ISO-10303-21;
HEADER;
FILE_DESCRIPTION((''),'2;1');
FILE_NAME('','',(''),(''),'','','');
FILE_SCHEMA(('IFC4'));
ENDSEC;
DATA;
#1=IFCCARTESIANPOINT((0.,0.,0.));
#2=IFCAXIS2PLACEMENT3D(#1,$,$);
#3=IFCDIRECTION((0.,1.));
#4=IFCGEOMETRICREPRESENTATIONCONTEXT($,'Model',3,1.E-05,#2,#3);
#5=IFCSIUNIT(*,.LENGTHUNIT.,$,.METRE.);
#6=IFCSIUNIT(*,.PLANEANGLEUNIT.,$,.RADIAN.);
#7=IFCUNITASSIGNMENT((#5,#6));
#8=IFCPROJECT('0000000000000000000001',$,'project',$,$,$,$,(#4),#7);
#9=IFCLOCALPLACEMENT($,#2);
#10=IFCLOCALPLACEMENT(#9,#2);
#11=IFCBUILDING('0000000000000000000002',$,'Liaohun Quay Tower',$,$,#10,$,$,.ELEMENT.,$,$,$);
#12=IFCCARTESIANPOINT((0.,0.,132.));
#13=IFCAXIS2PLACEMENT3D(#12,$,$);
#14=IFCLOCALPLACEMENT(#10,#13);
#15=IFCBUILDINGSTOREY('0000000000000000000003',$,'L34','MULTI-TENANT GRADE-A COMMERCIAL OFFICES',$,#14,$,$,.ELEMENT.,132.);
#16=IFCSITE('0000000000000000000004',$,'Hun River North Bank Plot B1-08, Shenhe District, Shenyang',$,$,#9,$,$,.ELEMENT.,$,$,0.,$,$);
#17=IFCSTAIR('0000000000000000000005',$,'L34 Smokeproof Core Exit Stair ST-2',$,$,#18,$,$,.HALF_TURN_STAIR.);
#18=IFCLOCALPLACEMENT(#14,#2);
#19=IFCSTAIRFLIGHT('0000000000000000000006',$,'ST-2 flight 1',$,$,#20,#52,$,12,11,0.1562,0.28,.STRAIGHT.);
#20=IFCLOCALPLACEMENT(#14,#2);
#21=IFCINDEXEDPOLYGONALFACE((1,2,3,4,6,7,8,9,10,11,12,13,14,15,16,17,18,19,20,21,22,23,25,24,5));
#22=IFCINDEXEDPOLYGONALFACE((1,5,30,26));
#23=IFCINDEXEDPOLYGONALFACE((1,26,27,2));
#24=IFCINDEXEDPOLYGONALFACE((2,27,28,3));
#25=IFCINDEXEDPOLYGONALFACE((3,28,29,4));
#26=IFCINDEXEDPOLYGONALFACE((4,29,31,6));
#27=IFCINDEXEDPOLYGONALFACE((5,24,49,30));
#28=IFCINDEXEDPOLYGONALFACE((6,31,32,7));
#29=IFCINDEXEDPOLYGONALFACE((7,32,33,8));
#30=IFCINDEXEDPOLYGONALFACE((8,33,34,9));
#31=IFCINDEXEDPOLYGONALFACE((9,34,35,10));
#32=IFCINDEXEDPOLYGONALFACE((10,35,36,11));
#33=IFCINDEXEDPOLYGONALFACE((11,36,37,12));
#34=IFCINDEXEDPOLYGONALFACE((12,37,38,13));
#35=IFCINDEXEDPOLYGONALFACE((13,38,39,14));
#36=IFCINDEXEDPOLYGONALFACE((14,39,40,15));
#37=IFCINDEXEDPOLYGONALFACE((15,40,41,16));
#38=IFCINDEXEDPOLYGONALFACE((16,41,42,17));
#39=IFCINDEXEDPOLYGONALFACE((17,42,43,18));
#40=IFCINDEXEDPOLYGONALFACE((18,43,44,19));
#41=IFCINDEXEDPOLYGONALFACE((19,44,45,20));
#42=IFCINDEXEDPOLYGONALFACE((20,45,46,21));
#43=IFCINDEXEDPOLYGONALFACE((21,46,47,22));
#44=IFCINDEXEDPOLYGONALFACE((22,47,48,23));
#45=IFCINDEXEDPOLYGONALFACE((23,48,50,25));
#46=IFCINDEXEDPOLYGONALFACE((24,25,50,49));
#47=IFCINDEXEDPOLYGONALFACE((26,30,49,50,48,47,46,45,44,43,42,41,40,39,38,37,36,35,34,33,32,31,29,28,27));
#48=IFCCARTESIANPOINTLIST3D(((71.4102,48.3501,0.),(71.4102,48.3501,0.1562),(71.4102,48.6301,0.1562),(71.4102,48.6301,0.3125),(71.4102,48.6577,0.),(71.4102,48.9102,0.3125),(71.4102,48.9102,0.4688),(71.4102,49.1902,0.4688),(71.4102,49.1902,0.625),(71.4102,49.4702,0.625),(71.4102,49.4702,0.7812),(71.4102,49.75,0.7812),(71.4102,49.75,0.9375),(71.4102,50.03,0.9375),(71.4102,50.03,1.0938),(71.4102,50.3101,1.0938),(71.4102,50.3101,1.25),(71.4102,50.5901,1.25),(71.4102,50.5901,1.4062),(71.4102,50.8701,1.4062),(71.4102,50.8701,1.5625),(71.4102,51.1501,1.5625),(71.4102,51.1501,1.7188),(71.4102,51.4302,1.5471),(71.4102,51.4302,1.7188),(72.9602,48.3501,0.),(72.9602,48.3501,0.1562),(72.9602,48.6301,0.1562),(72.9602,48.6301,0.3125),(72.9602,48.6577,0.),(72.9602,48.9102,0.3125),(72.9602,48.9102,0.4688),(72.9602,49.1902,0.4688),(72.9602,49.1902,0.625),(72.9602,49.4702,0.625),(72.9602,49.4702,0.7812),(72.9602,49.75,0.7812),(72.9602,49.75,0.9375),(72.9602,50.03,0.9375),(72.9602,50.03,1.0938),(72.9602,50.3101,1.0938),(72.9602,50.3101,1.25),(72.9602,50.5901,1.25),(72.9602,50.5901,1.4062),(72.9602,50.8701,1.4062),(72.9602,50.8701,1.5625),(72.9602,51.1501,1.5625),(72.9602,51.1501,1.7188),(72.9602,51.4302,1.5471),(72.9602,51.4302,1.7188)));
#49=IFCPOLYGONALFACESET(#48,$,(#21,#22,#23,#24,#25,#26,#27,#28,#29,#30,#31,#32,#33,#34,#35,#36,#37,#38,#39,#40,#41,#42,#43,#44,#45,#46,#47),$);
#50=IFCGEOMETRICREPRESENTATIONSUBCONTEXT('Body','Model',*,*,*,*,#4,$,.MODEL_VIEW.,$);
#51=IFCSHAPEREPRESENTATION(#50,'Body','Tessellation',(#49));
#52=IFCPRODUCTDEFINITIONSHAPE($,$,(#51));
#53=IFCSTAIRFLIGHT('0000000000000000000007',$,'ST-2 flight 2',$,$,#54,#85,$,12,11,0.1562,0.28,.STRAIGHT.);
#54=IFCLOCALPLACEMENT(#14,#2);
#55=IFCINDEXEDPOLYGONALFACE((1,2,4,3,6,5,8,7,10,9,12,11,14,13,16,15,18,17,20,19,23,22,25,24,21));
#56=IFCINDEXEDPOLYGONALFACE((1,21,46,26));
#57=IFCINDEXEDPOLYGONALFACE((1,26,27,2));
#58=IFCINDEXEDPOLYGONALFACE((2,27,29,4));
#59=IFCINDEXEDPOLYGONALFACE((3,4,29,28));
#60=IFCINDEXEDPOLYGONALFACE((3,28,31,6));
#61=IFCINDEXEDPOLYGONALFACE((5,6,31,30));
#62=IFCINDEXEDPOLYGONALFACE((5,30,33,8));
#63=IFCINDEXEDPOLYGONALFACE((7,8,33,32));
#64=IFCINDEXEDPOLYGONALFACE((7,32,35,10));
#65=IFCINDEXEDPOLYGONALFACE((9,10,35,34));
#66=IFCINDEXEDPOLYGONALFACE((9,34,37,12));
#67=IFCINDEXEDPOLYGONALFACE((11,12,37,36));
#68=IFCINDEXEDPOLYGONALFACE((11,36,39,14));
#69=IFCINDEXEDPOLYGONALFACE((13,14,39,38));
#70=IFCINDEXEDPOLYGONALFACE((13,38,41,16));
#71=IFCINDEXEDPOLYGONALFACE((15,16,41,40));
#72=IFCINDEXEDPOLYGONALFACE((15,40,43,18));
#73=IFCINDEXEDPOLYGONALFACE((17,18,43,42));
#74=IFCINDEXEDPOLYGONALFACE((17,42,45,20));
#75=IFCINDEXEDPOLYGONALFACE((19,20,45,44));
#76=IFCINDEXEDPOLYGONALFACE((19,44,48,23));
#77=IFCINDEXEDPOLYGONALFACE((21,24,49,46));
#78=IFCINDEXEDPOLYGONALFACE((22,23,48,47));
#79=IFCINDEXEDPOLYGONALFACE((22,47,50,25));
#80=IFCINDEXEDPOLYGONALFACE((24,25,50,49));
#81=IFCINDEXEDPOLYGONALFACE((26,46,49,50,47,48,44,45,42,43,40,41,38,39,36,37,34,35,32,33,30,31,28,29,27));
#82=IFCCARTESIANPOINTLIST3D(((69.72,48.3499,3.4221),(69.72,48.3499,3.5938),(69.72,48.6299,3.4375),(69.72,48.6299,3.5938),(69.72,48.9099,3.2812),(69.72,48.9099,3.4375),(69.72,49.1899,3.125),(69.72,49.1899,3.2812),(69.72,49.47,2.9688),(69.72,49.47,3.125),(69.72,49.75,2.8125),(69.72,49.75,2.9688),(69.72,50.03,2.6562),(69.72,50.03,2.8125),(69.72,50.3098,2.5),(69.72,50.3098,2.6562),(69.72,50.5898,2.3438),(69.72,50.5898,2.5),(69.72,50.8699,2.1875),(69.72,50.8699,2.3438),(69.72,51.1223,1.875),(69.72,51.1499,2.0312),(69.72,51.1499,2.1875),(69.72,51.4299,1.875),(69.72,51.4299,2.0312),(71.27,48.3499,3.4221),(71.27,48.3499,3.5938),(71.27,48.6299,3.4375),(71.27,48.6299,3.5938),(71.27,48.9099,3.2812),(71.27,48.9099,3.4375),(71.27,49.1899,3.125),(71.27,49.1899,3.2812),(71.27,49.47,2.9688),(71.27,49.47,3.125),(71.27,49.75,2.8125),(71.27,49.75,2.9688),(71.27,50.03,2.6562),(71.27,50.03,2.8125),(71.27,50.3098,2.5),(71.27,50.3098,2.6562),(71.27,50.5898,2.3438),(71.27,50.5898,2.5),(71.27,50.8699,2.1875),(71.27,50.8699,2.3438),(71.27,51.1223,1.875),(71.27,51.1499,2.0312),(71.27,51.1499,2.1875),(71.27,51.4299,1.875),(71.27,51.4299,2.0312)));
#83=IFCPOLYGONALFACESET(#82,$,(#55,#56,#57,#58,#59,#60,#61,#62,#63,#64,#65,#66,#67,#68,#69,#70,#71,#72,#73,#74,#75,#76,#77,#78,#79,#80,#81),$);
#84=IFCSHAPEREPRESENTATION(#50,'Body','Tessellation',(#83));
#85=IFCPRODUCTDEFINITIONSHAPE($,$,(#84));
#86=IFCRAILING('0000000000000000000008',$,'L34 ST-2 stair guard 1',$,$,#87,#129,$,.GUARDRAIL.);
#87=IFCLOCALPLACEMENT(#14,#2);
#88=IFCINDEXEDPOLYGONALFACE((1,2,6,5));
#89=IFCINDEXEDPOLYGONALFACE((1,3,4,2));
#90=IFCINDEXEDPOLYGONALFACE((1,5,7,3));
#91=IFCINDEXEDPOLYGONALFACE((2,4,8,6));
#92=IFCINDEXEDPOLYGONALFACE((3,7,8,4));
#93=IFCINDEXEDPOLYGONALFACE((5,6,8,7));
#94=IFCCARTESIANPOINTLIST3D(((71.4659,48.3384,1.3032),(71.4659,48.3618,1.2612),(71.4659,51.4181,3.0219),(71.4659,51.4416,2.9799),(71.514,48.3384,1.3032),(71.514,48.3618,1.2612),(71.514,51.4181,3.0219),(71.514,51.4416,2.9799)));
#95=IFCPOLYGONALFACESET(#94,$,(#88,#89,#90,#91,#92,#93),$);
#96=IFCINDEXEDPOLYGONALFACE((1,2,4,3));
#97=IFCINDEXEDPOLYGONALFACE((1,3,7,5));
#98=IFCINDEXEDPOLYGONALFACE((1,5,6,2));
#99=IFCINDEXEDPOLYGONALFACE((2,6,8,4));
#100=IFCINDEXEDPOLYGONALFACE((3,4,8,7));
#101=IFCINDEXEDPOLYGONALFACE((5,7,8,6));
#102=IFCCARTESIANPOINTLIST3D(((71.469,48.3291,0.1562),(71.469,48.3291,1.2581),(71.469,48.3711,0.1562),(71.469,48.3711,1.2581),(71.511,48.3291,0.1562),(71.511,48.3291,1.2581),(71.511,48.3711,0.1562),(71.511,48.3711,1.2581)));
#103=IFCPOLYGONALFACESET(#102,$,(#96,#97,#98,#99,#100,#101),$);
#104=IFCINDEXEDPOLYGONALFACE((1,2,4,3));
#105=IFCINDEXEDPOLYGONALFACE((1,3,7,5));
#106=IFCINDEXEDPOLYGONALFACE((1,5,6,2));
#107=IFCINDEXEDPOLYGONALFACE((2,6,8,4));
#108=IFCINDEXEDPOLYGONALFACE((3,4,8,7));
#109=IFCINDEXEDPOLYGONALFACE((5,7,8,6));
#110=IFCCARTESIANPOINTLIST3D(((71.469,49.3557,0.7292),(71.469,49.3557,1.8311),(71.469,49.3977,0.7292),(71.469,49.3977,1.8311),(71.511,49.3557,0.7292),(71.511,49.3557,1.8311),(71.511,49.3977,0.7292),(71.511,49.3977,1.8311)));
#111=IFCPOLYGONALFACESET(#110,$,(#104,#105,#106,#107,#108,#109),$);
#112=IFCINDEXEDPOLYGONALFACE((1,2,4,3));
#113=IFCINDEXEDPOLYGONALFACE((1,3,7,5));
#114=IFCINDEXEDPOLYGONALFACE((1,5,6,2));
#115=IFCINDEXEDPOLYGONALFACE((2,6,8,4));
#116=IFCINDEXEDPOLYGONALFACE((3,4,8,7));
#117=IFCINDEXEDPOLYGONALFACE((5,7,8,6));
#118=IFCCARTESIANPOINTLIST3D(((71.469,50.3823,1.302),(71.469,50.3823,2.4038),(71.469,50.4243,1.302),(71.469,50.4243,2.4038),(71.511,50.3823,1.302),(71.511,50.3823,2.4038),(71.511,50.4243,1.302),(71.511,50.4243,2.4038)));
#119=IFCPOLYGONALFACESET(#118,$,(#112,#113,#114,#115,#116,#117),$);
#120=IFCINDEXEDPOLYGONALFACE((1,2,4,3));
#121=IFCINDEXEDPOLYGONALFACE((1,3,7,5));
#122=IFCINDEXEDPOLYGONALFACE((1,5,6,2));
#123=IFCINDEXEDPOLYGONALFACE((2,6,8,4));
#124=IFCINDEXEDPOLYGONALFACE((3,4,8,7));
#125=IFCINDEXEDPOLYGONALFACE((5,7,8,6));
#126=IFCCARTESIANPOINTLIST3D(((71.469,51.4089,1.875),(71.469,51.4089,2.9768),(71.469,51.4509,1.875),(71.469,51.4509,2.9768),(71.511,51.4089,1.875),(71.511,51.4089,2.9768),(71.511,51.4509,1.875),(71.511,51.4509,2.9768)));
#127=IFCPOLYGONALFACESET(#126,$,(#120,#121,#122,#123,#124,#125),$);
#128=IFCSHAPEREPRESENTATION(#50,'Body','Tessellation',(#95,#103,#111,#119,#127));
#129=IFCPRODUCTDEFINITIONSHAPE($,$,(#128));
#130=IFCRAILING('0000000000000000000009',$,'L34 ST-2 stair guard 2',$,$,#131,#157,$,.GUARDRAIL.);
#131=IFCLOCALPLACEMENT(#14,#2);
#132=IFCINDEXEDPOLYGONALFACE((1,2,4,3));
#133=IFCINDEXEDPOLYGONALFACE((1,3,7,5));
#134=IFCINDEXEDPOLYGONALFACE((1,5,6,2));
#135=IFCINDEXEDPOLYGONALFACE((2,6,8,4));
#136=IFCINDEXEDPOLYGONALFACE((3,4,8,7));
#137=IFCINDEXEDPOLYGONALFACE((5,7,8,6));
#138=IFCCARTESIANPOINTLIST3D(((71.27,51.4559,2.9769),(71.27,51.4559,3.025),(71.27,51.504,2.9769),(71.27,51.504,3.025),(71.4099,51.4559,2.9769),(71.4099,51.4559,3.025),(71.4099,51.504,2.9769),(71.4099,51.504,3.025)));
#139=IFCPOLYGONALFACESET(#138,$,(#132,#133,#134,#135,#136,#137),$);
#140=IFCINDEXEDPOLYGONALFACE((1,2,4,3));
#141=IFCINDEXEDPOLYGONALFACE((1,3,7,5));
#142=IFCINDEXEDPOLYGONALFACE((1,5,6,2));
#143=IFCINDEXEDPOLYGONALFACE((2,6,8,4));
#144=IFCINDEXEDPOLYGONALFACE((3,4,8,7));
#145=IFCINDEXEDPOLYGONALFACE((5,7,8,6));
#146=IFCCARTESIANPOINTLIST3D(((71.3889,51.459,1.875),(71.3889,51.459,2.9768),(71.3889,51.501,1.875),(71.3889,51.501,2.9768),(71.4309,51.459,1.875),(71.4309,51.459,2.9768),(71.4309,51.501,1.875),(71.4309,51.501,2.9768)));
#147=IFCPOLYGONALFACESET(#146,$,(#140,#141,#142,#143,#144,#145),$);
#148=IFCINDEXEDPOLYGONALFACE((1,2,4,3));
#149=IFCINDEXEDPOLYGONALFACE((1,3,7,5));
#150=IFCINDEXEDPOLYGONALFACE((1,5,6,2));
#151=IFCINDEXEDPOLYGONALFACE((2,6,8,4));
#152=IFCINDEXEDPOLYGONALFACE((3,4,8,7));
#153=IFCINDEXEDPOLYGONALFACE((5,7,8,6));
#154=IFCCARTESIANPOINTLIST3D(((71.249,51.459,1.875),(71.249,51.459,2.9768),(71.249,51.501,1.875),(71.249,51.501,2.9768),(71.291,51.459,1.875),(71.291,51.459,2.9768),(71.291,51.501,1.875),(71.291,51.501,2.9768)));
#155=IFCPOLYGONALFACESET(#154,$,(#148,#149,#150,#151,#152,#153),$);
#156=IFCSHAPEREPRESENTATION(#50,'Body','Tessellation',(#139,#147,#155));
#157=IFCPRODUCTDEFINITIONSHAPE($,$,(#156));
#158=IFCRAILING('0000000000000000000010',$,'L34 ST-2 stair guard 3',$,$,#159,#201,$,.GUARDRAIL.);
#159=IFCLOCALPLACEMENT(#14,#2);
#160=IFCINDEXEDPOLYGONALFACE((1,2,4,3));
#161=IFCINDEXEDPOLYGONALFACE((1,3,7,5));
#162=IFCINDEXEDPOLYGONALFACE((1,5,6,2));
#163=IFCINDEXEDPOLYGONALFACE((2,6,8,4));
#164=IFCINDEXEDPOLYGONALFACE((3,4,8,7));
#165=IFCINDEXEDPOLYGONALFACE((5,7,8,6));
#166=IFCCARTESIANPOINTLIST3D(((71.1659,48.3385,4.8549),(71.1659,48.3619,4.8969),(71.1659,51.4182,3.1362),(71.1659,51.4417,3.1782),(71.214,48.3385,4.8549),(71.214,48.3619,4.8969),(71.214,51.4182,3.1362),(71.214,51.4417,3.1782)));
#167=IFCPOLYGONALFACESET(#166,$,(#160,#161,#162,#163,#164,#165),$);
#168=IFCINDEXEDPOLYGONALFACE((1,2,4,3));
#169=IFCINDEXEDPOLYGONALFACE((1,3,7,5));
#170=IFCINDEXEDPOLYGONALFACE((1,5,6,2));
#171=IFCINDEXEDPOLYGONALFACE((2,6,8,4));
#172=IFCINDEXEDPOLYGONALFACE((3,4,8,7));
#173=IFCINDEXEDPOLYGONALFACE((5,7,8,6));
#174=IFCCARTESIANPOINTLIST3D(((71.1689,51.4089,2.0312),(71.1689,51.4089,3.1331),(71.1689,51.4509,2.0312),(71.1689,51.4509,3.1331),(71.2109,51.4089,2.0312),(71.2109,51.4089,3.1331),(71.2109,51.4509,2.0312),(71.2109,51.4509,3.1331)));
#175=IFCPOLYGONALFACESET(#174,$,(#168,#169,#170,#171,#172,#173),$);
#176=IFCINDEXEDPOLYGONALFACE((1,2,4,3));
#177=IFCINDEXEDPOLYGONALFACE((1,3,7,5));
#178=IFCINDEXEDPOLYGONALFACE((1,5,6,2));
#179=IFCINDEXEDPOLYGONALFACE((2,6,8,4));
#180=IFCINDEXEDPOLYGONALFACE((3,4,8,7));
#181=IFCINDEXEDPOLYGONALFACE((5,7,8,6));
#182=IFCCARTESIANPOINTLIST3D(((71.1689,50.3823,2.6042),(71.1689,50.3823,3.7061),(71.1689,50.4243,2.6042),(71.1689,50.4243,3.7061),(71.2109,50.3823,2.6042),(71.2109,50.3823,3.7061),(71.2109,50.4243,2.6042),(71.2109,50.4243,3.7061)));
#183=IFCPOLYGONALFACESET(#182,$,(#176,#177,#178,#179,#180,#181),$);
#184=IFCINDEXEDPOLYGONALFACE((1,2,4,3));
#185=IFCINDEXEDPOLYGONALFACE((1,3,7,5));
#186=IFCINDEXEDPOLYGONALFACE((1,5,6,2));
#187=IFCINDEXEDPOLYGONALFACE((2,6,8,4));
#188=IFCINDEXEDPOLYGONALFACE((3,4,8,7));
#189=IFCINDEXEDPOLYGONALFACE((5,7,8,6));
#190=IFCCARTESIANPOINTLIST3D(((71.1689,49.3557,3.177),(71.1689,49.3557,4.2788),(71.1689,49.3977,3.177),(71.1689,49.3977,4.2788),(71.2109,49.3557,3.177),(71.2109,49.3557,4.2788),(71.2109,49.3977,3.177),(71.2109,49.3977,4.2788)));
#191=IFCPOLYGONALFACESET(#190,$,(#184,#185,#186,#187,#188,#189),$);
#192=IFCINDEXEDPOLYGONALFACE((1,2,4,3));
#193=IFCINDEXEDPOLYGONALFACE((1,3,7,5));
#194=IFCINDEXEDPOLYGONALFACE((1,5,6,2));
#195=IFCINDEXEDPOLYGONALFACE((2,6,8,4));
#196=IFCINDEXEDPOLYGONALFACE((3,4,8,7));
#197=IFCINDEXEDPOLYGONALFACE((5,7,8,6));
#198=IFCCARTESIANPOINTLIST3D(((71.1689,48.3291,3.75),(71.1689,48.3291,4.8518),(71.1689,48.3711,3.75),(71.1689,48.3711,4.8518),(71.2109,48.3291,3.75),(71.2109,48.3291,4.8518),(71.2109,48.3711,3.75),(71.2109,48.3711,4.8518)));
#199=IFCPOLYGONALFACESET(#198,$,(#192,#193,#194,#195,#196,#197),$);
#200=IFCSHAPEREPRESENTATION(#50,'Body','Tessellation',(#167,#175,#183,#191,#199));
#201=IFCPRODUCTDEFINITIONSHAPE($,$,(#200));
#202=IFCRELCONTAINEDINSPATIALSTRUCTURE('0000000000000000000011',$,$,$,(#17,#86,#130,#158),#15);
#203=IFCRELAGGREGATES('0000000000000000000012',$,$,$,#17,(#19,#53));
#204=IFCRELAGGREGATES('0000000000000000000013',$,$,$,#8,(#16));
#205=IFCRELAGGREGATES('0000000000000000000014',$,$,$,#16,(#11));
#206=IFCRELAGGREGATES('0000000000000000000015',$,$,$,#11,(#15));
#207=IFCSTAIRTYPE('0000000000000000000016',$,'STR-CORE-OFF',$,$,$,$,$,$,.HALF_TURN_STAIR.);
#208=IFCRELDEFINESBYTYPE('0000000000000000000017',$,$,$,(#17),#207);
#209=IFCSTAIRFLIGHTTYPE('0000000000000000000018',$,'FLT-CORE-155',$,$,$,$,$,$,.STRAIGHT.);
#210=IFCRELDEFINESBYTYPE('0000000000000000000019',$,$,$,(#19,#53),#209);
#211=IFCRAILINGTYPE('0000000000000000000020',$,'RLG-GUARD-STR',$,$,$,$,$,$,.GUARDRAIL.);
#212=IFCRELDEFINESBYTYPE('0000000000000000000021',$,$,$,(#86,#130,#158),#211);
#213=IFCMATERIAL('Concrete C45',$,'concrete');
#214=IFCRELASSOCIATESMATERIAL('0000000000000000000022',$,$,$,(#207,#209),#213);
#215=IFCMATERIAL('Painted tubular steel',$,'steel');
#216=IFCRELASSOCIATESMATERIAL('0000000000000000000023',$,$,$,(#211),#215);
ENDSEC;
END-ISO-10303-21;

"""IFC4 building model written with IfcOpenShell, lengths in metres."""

from ifc_helpers import new_model, si_unit, direction, frame, origin, origin_2d, place, context, subcontext, project, spatial, polyline, rectangle, outline, extrude, material, type_object, element, aggregate, save


model = new_model("IFC4")

# Units and contexts
model_context = context("Model", 3, precision=1e-05, world=origin(), true_north=direction((0.0, 1.0)))
body_context = subcontext(model_context, "Body", "Model", "MODEL_VIEW")
ifc_project = project(units=[si_unit("LENGTHUNIT", "METRE"), si_unit("PLANEANGLEUNIT", "RADIAN")], contexts=[model_context])

# Site, building, storey
site_placement = place(None, origin())
site = spatial("IfcSite", under=ifc_project, at=site_placement, Name="Hun River North Bank Plot B1-08, Shenhe District, Shenyang", CompositionType="ELEMENT", RefElevation=0.0)
building_placement = place(site_placement, origin())
building = spatial("IfcBuilding", under=site, at=building_placement, Name="Liaohun Quay Tower", CompositionType="ELEMENT")
storey_placement = place(building_placement, frame((0.0, 0.0, 132.0)))
storey = spatial("IfcBuildingStorey", under=building, at=storey_placement, Name="L34", Description="MULTI-TENANT GRADE-A COMMERCIAL OFFICES", CompositionType="ELEMENT", Elevation=132.0)

# Stair, stair flights
ifc_material_1 = material(Name="Concrete C45", Category="concrete")
stair_type = type_object("IfcStairType", Name="STR-CORE-OFF", PredefinedType="HALF_TURN_STAIR", material=ifc_material_1)
stair_placement = place(storey_placement, origin())
stair = element("IfcStair", 1, at=stair_placement, inside=storey, type_object=stair_type, Name="L34 Smokeproof Core Exit Stair ST-2", PredefinedType="HALF_TURN_STAIR")
stair_flight_type = type_object("IfcStairFlightType", Name="FLT-CORE-155", PredefinedType="STRAIGHT", material=ifc_material_1)
stair_flight_1_placement = place(storey_placement, frame((72.1851, 48.3501, 0.0), z_axis=(0.0, 0.0, 1.0), x_axis=(0.0, 1.0, 0.0)))
stair_flight_1 = element("IfcStairFlight", 2, at=stair_flight_1_placement, type_object=stair_flight_type, Name="ST-2 flight 1", NumberOfRisers=12, NumberOfTreads=11, PredefinedType="STRAIGHT", RiserHeight=0.1562, TreadLength=0.28, context=body_context, shape_type="SweptSolid", body=[
    extrude(outline(polyline([(0.0, 0.0), (0.0, 0.1562), (0.28, 0.1562), (0.28, 0.3125), (0.5601, 0.3125), (0.5601, 0.4688), (0.8401, 0.4688), (0.8401, 0.625), (1.1201, 0.625), (1.1201, 0.7812), (1.3999, 0.7812), (1.3999, 0.9375), (1.6799, 0.9375), (1.6799, 1.0938), (1.96, 1.0938), (1.96, 1.25), (2.24, 1.25), (2.24, 1.4062), (2.52, 1.4062), (2.52, 1.5625), (2.8, 1.5625), (2.8, 1.7188), (3.0801, 1.7188), (3.0801, 1.875), (3.0801, 1.5471), (0.3076, 0.0), (0.0, 0.0)])), frame((0.0, 0.7749, 0.0), z_axis=(0.0, -1.0, 0.0), x_axis=(1.0, 0.0, 0.0)), (0.0, 0.0, 1.0), 1.55),
])
stair_flight_2_placement = place(storey_placement, frame((70.4951, 51.4299, 1.875), z_axis=(0.0, 0.0, 1.0), x_axis=(0.0, -1.0, 0.0)))
stair_flight_2 = element("IfcStairFlight", 3, at=stair_flight_2_placement, type_object=stair_flight_type, Name="ST-2 flight 2", NumberOfRisers=12, NumberOfTreads=11, PredefinedType="STRAIGHT", RiserHeight=0.1562, TreadLength=0.28, context=body_context, shape_type="SweptSolid", body=[
    extrude(outline(polyline([(0.0, 0.0), (0.0, 0.1562), (0.28, 0.1562), (0.28, 0.3125), (0.5601, 0.3125), (0.5601, 0.4688), (0.8401, 0.4688), (0.8401, 0.625), (1.1201, 0.625), (1.1201, 0.7812), (1.3999, 0.7812), (1.3999, 0.9375), (1.6799, 0.9375), (1.6799, 1.0938), (1.96, 1.0938), (1.96, 1.25), (2.24, 1.25), (2.24, 1.4062), (2.52, 1.4062), (2.52, 1.5625), (2.8, 1.5625), (2.8, 1.7188), (3.0801, 1.7188), (3.0801, 1.875), (3.0801, 1.5471), (0.3076, 0.0), (0.0, 0.0)])), frame((0.0, 0.7749, 0.0), z_axis=(0.0, -1.0, 0.0), x_axis=(1.0, 0.0, 0.0)), (0.0, 0.0, 1.0), 1.55),
])
aggregate(stair, [stair_flight_1, stair_flight_2])

# Railings
ifc_material_2 = material(Name="Painted tubular steel", Category="steel")
railing_type_1 = type_object("IfcRailingType", Name="RLG-GUARD-STR", PredefinedType="GUARDRAIL", material=ifc_material_2)
railing_1_placement = place(storey_placement, frame((71.49, 48.3501, 0.1562)))
element("IfcRailing", 4, at=railing_1_placement, inside=storey, type_object=railing_type_1, Name="L34 ST-2 stair guard 1", PredefinedType="GUARDRAIL", context=body_context, shape_type="SweptSolid", body=[
    extrude(rectangle(XDim=0.0481, YDim=0.0481, at=origin_2d()), frame((0.0, 0.0, 1.126), z_axis=(0.0, 0.873225, 0.487317), x_axis=(-1.0, 0.0, 0.0)), (0.0, 0.0, 1.0), 3.5269),
    extrude(rectangle(XDim=0.042, YDim=0.042, at=origin_2d()), origin(), (0.0, 0.0, 1.0), 1.1018),
    extrude(rectangle(XDim=0.042, YDim=0.042, at=origin_2d()), frame((0.0, 1.0266, 0.573)), (0.0, 0.0, 1.0), 1.1018),
    extrude(rectangle(XDim=0.042, YDim=0.042, at=origin_2d()), frame((0.0, 2.0532, 1.1458)), (0.0, 0.0, 1.0), 1.1018),
    extrude(rectangle(XDim=0.042, YDim=0.042, at=origin_2d()), frame((0.0, 3.0798, 1.7188)), (0.0, 0.0, 1.0), 1.1018),
])
railing_2_placement = place(storey_placement, frame((71.4099, 51.48, 1.875)))
element("IfcRailing", 5, at=railing_2_placement, inside=storey, type_object=railing_type_1, Name="L34 ST-2 stair guard 2", PredefinedType="GUARDRAIL", context=body_context, shape_type="SweptSolid", body=[
    extrude(rectangle(XDim=0.0481, YDim=0.0481, at=origin_2d()), frame((0.0, 0.0, 1.126), z_axis=(-1.0, 0.0, 0.0), x_axis=(0.0, -1.0, 0.0)), (0.0, 0.0, 1.0), 0.1399),
    extrude(rectangle(XDim=0.042, YDim=0.042, at=origin_2d()), origin(), (0.0, 0.0, 1.0), 1.1018),
    extrude(rectangle(XDim=0.042, YDim=0.042, at=origin_2d()), frame((-0.1399, 0.0, 0.0)), (0.0, 0.0, 1.0), 1.1018),
])
railing_3_placement = place(storey_placement, frame((71.1899, 51.4299, 2.0312)))
element("IfcRailing", 6, at=railing_3_placement, inside=storey, type_object=railing_type_1, Name="L34 ST-2 stair guard 3", PredefinedType="GUARDRAIL", context=body_context, shape_type="SweptSolid", body=[
    extrude(rectangle(XDim=0.0481, YDim=0.0481, at=origin_2d()), frame((0.0, 0.0, 1.126), z_axis=(0.0, -0.873225, 0.487317), x_axis=(1.0, 0.0, 0.0)), (0.0, 0.0, 1.0), 3.5269),
    extrude(rectangle(XDim=0.042, YDim=0.042, at=origin_2d()), origin(), (0.0, 0.0, 1.0), 1.1018),
    extrude(rectangle(XDim=0.042, YDim=0.042, at=origin_2d()), frame((0.0, -1.0266, 0.573)), (0.0, 0.0, 1.0), 1.1018),
    extrude(rectangle(XDim=0.042, YDim=0.042, at=origin_2d()), frame((0.0, -2.0532, 1.1458)), (0.0, 0.0, 1.0), 1.1018),
    extrude(rectangle(XDim=0.042, YDim=0.042, at=origin_2d()), frame((0.0, -3.0798, 1.7188)), (0.0, 0.0, 1.0), 1.1018),
])

save(model, "model.ifc")
